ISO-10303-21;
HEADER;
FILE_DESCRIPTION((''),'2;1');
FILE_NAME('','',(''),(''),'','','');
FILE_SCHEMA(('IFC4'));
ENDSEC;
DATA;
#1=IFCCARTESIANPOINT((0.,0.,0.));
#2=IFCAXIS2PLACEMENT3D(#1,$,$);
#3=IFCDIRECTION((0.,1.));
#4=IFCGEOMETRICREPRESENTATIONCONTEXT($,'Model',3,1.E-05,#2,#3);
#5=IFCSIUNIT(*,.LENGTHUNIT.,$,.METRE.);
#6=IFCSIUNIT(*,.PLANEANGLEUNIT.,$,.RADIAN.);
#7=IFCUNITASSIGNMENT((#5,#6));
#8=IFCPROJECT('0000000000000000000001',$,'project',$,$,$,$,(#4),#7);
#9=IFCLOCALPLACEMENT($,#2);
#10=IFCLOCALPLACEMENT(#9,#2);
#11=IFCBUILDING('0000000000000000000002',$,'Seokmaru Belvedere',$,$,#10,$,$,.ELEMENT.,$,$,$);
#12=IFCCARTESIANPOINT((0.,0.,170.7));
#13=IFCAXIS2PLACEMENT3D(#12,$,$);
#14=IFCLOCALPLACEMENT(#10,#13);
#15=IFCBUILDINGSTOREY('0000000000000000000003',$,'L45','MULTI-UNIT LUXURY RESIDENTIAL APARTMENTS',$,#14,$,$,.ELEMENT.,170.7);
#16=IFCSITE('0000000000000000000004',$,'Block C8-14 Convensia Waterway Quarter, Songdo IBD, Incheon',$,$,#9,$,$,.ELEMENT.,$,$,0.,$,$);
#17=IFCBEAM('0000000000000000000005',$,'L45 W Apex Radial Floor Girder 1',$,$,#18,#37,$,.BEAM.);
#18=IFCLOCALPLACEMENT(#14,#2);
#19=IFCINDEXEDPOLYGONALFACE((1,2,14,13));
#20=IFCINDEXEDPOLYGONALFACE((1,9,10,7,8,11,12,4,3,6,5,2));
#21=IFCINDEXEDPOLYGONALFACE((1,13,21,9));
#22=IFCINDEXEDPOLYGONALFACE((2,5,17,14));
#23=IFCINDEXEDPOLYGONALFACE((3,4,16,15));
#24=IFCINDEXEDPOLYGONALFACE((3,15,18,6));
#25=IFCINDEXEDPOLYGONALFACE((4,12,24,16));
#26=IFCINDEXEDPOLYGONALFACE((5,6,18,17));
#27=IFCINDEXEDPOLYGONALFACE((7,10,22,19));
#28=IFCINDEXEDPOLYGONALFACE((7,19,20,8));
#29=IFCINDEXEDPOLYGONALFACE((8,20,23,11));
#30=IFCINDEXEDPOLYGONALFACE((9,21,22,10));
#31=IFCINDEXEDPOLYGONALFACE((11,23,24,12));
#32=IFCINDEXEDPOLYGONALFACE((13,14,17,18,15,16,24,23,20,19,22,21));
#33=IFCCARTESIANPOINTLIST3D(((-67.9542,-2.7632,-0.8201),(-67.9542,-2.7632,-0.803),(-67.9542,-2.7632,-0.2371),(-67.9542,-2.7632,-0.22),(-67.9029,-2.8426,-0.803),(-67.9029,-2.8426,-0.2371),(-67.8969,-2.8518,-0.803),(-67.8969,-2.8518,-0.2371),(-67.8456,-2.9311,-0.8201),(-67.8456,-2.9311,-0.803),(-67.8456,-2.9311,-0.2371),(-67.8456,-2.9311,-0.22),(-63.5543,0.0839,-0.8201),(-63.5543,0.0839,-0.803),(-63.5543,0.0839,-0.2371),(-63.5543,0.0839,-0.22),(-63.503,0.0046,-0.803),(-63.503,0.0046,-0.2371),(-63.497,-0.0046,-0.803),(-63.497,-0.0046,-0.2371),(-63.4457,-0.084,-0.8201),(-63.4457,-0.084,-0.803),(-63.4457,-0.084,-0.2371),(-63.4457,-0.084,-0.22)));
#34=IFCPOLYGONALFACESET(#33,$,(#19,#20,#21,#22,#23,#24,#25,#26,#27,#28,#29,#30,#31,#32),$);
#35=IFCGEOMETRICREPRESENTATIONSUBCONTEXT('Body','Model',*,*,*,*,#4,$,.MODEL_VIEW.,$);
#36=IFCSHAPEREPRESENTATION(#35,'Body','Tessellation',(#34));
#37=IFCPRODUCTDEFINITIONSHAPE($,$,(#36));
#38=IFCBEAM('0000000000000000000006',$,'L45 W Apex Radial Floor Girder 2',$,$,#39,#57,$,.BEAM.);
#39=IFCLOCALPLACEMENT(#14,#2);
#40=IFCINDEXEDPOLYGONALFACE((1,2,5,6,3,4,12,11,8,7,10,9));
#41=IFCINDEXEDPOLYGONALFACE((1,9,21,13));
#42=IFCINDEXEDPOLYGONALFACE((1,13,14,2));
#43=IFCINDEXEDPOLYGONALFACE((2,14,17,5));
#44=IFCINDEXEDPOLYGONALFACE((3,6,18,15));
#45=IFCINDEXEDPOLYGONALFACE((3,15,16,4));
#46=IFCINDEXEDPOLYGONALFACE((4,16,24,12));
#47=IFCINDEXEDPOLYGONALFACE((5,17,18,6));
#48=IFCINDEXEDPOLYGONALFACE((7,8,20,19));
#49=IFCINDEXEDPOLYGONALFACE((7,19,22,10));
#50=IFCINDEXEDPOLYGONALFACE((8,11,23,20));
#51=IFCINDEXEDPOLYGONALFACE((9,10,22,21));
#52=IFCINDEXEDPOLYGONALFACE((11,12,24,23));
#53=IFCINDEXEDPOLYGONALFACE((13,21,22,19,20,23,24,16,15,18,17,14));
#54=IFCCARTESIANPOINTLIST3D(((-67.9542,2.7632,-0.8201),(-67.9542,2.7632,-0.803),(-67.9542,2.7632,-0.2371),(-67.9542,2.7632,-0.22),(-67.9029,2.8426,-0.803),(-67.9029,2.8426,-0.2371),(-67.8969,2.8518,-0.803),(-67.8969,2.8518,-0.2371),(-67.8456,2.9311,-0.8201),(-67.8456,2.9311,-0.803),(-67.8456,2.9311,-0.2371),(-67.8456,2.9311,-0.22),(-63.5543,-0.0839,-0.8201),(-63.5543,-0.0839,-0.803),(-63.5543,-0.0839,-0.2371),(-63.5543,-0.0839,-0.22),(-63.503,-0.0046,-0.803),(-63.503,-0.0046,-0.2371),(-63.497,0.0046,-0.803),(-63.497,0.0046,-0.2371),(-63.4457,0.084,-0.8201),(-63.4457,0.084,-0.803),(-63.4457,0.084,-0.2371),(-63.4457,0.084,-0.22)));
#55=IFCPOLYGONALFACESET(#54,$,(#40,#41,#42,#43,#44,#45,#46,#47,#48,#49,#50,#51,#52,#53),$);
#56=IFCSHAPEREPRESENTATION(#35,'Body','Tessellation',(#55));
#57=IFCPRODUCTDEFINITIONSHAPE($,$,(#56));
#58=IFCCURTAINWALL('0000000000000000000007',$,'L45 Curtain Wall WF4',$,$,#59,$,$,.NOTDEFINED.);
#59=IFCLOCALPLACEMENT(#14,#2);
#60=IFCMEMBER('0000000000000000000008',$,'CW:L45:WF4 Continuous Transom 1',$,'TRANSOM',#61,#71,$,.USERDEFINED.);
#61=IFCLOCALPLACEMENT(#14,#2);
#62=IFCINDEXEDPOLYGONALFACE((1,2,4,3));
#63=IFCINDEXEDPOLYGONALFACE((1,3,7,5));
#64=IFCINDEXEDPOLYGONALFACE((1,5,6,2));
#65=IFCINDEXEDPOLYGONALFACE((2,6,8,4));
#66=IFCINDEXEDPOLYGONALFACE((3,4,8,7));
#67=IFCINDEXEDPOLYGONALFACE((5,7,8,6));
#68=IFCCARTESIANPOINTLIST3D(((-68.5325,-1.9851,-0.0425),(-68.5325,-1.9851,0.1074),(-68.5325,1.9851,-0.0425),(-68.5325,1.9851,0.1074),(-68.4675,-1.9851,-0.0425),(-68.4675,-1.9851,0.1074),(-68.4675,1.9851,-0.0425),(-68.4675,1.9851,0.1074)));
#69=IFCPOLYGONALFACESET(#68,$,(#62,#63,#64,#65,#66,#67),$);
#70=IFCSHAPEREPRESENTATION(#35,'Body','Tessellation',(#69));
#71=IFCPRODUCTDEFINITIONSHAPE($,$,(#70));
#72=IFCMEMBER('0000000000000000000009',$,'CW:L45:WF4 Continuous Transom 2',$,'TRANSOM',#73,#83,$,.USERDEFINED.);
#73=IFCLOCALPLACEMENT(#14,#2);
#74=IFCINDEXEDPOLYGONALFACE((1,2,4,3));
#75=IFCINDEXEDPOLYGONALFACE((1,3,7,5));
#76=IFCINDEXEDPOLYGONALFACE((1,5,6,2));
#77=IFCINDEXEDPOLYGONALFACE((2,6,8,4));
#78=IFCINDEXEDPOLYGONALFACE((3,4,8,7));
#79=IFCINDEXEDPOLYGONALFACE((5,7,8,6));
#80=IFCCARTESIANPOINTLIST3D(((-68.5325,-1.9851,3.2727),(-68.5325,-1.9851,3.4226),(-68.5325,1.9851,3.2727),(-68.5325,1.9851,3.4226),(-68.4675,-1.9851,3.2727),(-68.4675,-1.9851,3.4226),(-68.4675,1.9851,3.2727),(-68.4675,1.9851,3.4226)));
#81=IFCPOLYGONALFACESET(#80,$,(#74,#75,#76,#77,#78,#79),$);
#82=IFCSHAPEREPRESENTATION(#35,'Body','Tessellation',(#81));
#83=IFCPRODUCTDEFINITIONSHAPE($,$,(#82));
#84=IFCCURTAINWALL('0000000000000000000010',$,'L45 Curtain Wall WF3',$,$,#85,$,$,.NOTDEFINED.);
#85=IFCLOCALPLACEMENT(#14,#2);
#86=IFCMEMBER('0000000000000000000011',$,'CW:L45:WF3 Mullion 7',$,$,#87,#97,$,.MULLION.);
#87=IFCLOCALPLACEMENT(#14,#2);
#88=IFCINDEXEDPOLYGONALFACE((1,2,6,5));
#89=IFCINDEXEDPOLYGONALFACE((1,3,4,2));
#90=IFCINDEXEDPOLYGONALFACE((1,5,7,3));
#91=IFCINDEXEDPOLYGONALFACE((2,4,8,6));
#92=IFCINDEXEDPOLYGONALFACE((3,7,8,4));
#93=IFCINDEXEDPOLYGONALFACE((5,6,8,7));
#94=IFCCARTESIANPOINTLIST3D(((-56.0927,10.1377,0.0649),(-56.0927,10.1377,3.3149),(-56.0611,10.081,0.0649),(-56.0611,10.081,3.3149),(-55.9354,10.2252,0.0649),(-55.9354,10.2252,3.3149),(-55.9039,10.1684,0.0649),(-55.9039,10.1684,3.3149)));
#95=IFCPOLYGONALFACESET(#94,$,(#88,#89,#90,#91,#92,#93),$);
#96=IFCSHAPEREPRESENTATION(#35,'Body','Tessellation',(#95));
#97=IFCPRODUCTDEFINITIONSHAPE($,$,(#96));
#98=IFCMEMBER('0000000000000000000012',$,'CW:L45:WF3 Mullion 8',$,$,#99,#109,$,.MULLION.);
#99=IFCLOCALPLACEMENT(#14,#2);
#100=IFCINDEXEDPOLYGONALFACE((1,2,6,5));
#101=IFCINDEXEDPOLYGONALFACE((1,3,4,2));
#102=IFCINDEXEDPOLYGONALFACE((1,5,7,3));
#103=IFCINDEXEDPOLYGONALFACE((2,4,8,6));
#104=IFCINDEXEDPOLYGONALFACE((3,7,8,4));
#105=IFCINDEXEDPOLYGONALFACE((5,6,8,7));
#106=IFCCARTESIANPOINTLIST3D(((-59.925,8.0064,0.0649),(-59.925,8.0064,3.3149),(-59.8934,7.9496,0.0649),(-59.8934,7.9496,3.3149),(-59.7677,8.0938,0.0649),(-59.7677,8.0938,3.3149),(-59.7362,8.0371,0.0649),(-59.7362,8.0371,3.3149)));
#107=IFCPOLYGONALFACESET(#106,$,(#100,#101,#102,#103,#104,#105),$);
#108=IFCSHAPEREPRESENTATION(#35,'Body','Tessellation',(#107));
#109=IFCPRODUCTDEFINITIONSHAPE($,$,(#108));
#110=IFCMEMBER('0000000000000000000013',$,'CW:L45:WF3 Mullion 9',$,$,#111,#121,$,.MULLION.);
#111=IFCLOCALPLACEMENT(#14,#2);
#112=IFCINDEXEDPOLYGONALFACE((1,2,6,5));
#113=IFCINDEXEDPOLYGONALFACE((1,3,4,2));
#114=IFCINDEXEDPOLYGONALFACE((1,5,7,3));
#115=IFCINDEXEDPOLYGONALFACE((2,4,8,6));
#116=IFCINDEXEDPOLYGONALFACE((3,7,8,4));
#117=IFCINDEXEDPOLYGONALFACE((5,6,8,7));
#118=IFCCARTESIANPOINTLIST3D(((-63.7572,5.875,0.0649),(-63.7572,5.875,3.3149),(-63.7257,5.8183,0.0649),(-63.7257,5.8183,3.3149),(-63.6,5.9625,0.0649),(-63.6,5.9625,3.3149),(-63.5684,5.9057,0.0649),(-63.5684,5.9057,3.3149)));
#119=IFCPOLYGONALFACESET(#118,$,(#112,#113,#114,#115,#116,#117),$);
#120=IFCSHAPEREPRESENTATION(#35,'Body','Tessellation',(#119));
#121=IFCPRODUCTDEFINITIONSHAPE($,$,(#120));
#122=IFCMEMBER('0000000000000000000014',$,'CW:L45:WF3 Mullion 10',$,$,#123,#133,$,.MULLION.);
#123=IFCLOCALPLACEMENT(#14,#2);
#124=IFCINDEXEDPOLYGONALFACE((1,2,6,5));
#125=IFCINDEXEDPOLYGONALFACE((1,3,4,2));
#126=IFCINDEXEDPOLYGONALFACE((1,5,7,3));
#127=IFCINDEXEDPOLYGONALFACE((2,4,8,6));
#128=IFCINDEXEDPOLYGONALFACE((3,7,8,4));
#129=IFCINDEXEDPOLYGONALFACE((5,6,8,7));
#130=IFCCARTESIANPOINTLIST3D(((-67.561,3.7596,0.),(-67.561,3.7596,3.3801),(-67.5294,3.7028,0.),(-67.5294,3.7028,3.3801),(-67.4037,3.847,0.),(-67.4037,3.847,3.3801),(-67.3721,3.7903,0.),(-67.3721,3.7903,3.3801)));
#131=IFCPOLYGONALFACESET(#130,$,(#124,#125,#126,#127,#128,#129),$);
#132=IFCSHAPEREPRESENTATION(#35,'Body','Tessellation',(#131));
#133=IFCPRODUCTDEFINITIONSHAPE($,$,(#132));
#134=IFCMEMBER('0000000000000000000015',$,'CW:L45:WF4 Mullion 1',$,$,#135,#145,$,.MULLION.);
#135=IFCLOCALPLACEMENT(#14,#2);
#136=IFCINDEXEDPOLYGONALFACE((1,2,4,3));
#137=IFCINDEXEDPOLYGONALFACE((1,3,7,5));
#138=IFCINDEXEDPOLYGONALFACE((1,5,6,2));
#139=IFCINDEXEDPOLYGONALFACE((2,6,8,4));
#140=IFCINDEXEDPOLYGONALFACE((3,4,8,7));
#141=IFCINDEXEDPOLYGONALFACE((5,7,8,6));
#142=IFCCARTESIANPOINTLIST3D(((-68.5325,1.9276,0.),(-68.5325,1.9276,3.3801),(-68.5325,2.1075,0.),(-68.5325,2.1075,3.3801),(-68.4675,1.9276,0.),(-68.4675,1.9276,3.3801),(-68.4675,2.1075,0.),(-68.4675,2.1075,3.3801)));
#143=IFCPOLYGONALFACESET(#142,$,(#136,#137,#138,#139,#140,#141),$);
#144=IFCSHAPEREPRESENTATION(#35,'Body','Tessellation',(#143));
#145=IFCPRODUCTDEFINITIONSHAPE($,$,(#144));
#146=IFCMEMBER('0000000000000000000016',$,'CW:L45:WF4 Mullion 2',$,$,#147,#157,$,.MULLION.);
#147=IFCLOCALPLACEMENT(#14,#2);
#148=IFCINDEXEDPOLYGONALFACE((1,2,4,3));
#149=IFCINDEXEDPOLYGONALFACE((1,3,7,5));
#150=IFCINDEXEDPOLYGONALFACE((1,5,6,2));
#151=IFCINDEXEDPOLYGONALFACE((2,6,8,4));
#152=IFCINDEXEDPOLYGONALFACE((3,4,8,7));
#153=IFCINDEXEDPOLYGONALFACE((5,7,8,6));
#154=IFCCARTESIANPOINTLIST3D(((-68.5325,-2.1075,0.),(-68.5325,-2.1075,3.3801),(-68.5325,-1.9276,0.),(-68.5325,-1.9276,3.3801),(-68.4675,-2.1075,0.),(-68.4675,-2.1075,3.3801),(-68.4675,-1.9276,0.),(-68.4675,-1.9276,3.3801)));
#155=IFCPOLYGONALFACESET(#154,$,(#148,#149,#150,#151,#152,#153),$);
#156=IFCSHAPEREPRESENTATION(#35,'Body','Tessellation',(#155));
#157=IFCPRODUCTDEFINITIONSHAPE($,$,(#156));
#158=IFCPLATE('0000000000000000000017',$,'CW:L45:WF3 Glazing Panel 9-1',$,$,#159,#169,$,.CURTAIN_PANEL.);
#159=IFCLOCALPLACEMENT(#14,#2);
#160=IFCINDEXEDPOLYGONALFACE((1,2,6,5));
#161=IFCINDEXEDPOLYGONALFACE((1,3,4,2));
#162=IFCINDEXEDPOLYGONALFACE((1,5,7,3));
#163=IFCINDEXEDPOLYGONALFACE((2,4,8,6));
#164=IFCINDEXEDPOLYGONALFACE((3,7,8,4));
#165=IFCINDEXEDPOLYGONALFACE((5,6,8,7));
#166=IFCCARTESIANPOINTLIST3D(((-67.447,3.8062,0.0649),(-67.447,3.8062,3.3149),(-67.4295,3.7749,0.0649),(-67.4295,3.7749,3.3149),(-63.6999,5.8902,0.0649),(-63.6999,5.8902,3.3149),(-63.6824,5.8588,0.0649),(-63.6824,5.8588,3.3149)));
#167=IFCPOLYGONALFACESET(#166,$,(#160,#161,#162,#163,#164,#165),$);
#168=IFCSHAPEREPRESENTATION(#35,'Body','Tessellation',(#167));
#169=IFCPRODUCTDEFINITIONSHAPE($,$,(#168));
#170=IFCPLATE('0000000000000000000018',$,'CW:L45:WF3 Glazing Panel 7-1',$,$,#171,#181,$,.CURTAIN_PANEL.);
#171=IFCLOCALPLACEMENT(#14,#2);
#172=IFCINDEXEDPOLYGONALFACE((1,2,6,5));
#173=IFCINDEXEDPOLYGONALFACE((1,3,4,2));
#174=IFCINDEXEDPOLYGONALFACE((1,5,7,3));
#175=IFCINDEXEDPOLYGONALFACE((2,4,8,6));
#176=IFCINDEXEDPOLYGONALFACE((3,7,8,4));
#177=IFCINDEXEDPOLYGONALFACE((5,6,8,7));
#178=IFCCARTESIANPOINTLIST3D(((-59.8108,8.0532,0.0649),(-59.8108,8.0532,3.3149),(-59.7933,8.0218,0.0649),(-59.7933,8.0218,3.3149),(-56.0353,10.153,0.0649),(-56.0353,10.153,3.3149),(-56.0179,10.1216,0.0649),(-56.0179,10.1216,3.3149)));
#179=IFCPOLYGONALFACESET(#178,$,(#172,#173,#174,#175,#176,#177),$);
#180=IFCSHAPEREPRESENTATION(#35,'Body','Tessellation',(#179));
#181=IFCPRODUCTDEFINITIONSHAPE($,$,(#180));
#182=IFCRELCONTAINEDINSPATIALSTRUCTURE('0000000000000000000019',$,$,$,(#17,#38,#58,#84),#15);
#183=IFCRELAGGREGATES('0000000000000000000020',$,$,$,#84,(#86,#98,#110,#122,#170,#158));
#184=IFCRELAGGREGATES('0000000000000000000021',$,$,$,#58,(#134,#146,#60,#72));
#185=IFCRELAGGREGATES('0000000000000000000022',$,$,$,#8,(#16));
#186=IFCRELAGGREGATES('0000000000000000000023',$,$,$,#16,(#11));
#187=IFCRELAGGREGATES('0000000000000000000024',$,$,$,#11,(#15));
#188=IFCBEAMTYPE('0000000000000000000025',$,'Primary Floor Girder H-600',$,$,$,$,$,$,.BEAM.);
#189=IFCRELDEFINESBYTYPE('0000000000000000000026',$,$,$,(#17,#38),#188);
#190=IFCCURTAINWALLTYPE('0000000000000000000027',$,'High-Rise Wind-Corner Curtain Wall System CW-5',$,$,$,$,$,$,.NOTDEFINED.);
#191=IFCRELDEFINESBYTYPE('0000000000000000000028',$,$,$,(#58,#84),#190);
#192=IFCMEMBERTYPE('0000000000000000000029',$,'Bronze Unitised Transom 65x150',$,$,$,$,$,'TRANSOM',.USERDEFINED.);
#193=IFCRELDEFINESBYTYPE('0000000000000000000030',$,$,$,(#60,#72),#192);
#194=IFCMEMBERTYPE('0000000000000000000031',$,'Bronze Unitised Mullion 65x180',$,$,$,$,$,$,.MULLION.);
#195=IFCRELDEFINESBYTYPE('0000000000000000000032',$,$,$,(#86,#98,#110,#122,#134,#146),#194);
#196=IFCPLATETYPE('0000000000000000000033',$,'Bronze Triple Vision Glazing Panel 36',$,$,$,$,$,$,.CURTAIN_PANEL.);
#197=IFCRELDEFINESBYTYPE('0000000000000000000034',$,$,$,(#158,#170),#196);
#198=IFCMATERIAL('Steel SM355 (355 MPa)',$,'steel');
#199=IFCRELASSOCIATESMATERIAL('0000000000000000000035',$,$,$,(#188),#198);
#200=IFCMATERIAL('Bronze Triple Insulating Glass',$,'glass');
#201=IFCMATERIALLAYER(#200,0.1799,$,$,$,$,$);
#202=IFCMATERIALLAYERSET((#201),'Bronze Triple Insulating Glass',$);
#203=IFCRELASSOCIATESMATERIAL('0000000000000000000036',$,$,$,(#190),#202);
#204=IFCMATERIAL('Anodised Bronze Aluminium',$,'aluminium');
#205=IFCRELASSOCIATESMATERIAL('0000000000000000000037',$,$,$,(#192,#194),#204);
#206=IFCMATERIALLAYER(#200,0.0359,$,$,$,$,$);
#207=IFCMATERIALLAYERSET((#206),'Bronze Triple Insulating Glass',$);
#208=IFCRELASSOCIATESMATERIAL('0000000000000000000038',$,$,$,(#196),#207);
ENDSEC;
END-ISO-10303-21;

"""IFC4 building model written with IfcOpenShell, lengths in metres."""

from ifc_helpers import new_model, si_unit, direction, frame, origin, origin_2d, place, context, subcontext, project, spatial, rectangle, i_section, extrude, source, transform, mapped, material, layer, layer_set, material_profile, profile_set, type_object, type_shapes, element, aggregate, save


model = new_model("IFC4")

# Units and contexts
model_context = context("Model", 3, precision=1e-05, world=origin(), true_north=direction((0.0, 1.0)))
body_context = subcontext(model_context, "Body", "Model", "MODEL_VIEW")
ifc_project = project(units=[si_unit("LENGTHUNIT", "METRE"), si_unit("PLANEANGLEUNIT", "RADIAN")], contexts=[model_context])

# Site, building, storey
site_placement = place(None, origin())
site = spatial("IfcSite", under=ifc_project, at=site_placement, Name="Block C8-14 Convensia Waterway Quarter, Songdo IBD, Incheon", CompositionType="ELEMENT", RefElevation=0.0)
building_placement = place(site_placement, origin())
building = spatial("IfcBuilding", under=site, at=building_placement, Name="Seokmaru Belvedere", CompositionType="ELEMENT")
storey_placement = place(building_placement, frame((0.0, 0.0, 170.7)))
storey = spatial("IfcBuildingStorey", under=building, at=storey_placement, Name="L45", Description="MULTI-UNIT LUXURY RESIDENTIAL APARTMENTS", CompositionType="ELEMENT", Elevation=170.7)

# Shared definitions
ifc_material_1 = material(Name="Steel SM355 (355 MPa)", Category="steel")

# Beams
ifc_material_profile_1 = material_profile(ifc_material_1, i_section(OverallWidth=0.2, OverallDepth=0.6001, WebThickness=0.011, FlangeThickness=0.0171, at=origin_2d()), Name="H-600x200x11x17")
ifc_profile_set_1 = profile_set([ifc_material_profile_1], Name="Steel SM355 (355 MPa)")
beam_type_1 = type_object("IfcBeamType", Name="Primary Floor Girder H-600", PredefinedType="BEAM", material=ifc_profile_set_1)
shared_shape_1 = source(origin(), body_context, "Body", "SweptSolid", [
    extrude(i_section(OverallWidth=0.2, OverallDepth=0.6001, WebThickness=0.011, FlangeThickness=0.0171, at=origin_2d()), origin(), (0.0, 0.0, 1.0), 5.2407),
])
for number, where, z_axis, x_axis, name in (
    (1, (-67.8999, -2.8472, -0.52), (0.839555, 0.543274, 0.0), (-0.543274, 0.839555, 0.0), "L45 W Apex Radial Floor Girder 1"),
    (2, (-67.8999, 2.8472, -0.52), (0.839555, -0.543274, 0.0), (0.543274, 0.839555, 0.0), "L45 W Apex Radial Floor Girder 2"),
):
    element("IfcBeam", number, at=place(storey_placement, frame(where, z_axis=z_axis, x_axis=x_axis)), inside=storey, type_object=beam_type_1, Name=name, PredefinedType="BEAM", context=body_context, shape_type="MappedRepresentation", body=[
        mapped(shared_shape_1, transform((0.0, 0.0, 0.0), scale=1.0)),
    ])

# Curtain walls, members
ifc_material_2 = material(Name="Bronze Triple Insulating Glass", Category="glass")
ifc_layer_1 = layer(ifc_material_2, 0.1799)
ifc_layer_set_1 = layer_set([ifc_layer_1], Name="Bronze Triple Insulating Glass")
curtain_wall_type = type_object("IfcCurtainWallType", Name="High-Rise Wind-Corner Curtain Wall System CW-5", PredefinedType="NOTDEFINED", material=ifc_layer_set_1)
curtain_wall_1_placement = place(storey_placement, origin())
curtain_wall_1 = element("IfcCurtainWall", 3, at=curtain_wall_1_placement, inside=storey, type_object=curtain_wall_type, Name="L45 Curtain Wall WF4", PredefinedType="NOTDEFINED")
ifc_material_3 = material(Name="Anodised Bronze Aluminium", Category="aluminium")
ifc_material_profile_2 = material_profile(ifc_material_3, rectangle(XDim=0.0649, YDim=0.1499, at=origin_2d()), Name="CW-T-65x150")
ifc_profile_set_2 = profile_set([ifc_material_profile_2], Name="Anodised Bronze Aluminium")
member_type_1 = type_object("IfcMemberType", Name="Bronze Unitised Transom 65x150", ElementType="TRANSOM", PredefinedType="USERDEFINED", material=ifc_profile_set_2)
shared_shape_2 = source(origin(), body_context, "Body", "SweptSolid", [
    extrude(rectangle(XDim=0.0649, YDim=0.1499, at=origin_2d()), origin(), (0.0, 0.0, 1.0), 3.9702),
])
type_shapes(member_type_1, [shared_shape_2])
member_1_placement = place(storey_placement, frame((-68.5, 1.9851, 0.0325), z_axis=(0.0, -1.0, 0.0), x_axis=(1.0, 0.0, 0.0)))
member_1 = element("IfcMember", 4, at=member_1_placement, type_object=member_type_1, Name="CW:L45:WF4 Continuous Transom 1", ObjectType="TRANSOM", PredefinedType="USERDEFINED", context=body_context, shape_type="MappedRepresentation", body=[
    mapped(shared_shape_2, transform((0.0, 0.0, 0.0), scale=1.0)),
])
member_2_placement = place(storey_placement, frame((-68.5, 1.9851, 3.3477), z_axis=(0.0, -1.0, 0.0), x_axis=(1.0, 0.0, 0.0)))
member_2 = element("IfcMember", 5, at=member_2_placement, type_object=member_type_1, Name="CW:L45:WF4 Continuous Transom 2", ObjectType="TRANSOM", PredefinedType="USERDEFINED", context=body_context, shape_type="MappedRepresentation", body=[
    mapped(shared_shape_2, transform((0.0, 0.0, 0.0), scale=1.0)),
])
curtain_wall_2_placement = place(storey_placement, origin())
curtain_wall_2 = element("IfcCurtainWall", 6, at=curtain_wall_2_placement, inside=storey, type_object=curtain_wall_type, Name="L45 Curtain Wall WF3", PredefinedType="NOTDEFINED")
ifc_material_profile_3 = material_profile(ifc_material_3, rectangle(XDim=0.0649, YDim=0.1799, at=origin_2d()), Name="CW-M-65x180")
ifc_profile_set_3 = profile_set([ifc_material_profile_3], Name="Anodised Bronze Aluminium")
member_type_2 = type_object("IfcMemberType", Name="Bronze Unitised Mullion 65x180", PredefinedType="MULLION", material=ifc_profile_set_3)
shared_shape_3 = source(origin(), body_context, "Body", "SweptSolid", [
    extrude(rectangle(XDim=0.0649, YDim=0.1799, at=origin_2d()), origin(), (0.0, 0.0, 1.0), 3.25),
])
member_3_placement = place(storey_placement, frame((-55.9983, 10.1531, 0.0649), z_axis=(0.0, 0.0, 1.0), x_axis=(0.486047, -0.873933, 0.0)))
member_3 = element("IfcMember", 7, at=member_3_placement, type_object=member_type_2, Name="CW:L45:WF3 Mullion 7", PredefinedType="MULLION", context=body_context, shape_type="MappedRepresentation", body=[
    mapped(shared_shape_3, transform((0.0, 0.0, 0.0), scale=1.0)),
])
member_4_placement = place(storey_placement, frame((-59.8306, 8.0217, 0.0649), z_axis=(0.0, 0.0, 1.0), x_axis=(0.486047, -0.873933, 0.0)))
member_4 = element("IfcMember", 8, at=member_4_placement, type_object=member_type_2, Name="CW:L45:WF3 Mullion 8", PredefinedType="MULLION", context=body_context, shape_type="MappedRepresentation", body=[
    mapped(shared_shape_3, transform((0.0, 0.0, 0.0), scale=1.0)),
])
member_5_placement = place(storey_placement, frame((-63.6628, 5.8904, 0.0649), z_axis=(0.0, 0.0, 1.0), x_axis=(0.486047, -0.873933, 0.0)))
member_5 = element("IfcMember", 9, at=member_5_placement, type_object=member_type_2, Name="CW:L45:WF3 Mullion 9", PredefinedType="MULLION", context=body_context, shape_type="MappedRepresentation", body=[
    mapped(shared_shape_3, transform((0.0, 0.0, 0.0), scale=1.0)),
])
shared_shape_4 = source(origin(), body_context, "Body", "SweptSolid", [
    extrude(rectangle(XDim=0.0649, YDim=0.1799, at=origin_2d()), origin(), (0.0, 0.0, 1.0), 3.3801),
])
type_shapes(member_type_2, [shared_shape_3, shared_shape_4])
member_6_placement = place(storey_placement, frame((-67.4666, 3.7749, 0.0), z_axis=(0.0, 0.0, 1.0), x_axis=(0.486047, -0.873933, 0.0)))
member_6 = element("IfcMember", 10, at=member_6_placement, type_object=member_type_2, Name="CW:L45:WF3 Mullion 10", PredefinedType="MULLION", context=body_context, shape_type="MappedRepresentation", body=[
    mapped(shared_shape_4, transform((0.0, 0.0, 0.0), scale=1.0)),
])

# Members
member_7_placement = place(storey_placement, frame((-68.5, 2.0176, 0.0), z_axis=(0.0, 0.0, 1.0), x_axis=(1.0, 0.0, 0.0)))
member_7 = element("IfcMember", 11, at=member_7_placement, type_object=member_type_2, Name="CW:L45:WF4 Mullion 1", PredefinedType="MULLION", context=body_context, shape_type="MappedRepresentation", body=[
    mapped(shared_shape_4, transform((0.0, 0.0, 0.0), scale=1.0)),
])
member_8_placement = place(storey_placement, frame((-68.5, -2.0176, 0.0), z_axis=(0.0, 0.0, 1.0), x_axis=(1.0, 0.0, 0.0)))
member_8 = element("IfcMember", 12, at=member_8_placement, type_object=member_type_2, Name="CW:L45:WF4 Mullion 2", PredefinedType="MULLION", context=body_context, shape_type="MappedRepresentation", body=[
    mapped(shared_shape_4, transform((0.0, 0.0, 0.0), scale=1.0)),
])

# Plates
ifc_layer_2 = layer(ifc_material_2, 0.0359)
ifc_layer_set_2 = layer_set([ifc_layer_2], Name="Bronze Triple Insulating Glass")
plate_type = type_object("IfcPlateType", Name="Bronze Triple Vision Glazing Panel 36", PredefinedType="CURTAIN_PANEL", material=ifc_layer_set_2)
shared_shape_5 = source(origin(), body_context, "Body", "SweptSolid", [
    extrude(rectangle(XDim=4.2876, YDim=0.0359, at=origin_2d()), origin(), (0.0, 0.0, 1.0), 3.25),
])
plate_1_placement = place(storey_placement, frame((-65.5647, 4.8325, 0.0649), z_axis=(0.0, 0.0, 1.0), x_axis=(-0.873933, -0.486047, 0.0)))
plate_1 = element("IfcPlate", 13, at=plate_1_placement, type_object=plate_type, Name="CW:L45:WF3 Glazing Panel 9-1", PredefinedType="CURTAIN_PANEL", context=body_context, shape_type="MappedRepresentation", body=[
    mapped(shared_shape_5, transform((0.0, 0.0, 0.0), scale=1.0)),
])
shared_shape_6 = source(origin(), body_context, "Body", "SweptSolid", [
    extrude(rectangle(XDim=4.3201, YDim=0.0359, at=origin_2d()), origin(), (0.0, 0.0, 1.0), 3.25),
])
plate_2_placement = place(storey_placement, frame((-57.9143, 9.0874, 0.0649), z_axis=(0.0, 0.0, 1.0), x_axis=(-0.873933, -0.486047, 0.0)))
plate_2 = element("IfcPlate", 14, at=plate_2_placement, type_object=plate_type, Name="CW:L45:WF3 Glazing Panel 7-1", PredefinedType="CURTAIN_PANEL", context=body_context, shape_type="MappedRepresentation", body=[
    mapped(shared_shape_6, transform((0.0, 0.0, 0.0), scale=1.0)),
])
aggregate(curtain_wall_2, [member_3, member_4, member_5, member_6, plate_2, plate_1])
aggregate(curtain_wall_1, [member_7, member_8, member_1, member_2])

save(model, "model.ifc")
